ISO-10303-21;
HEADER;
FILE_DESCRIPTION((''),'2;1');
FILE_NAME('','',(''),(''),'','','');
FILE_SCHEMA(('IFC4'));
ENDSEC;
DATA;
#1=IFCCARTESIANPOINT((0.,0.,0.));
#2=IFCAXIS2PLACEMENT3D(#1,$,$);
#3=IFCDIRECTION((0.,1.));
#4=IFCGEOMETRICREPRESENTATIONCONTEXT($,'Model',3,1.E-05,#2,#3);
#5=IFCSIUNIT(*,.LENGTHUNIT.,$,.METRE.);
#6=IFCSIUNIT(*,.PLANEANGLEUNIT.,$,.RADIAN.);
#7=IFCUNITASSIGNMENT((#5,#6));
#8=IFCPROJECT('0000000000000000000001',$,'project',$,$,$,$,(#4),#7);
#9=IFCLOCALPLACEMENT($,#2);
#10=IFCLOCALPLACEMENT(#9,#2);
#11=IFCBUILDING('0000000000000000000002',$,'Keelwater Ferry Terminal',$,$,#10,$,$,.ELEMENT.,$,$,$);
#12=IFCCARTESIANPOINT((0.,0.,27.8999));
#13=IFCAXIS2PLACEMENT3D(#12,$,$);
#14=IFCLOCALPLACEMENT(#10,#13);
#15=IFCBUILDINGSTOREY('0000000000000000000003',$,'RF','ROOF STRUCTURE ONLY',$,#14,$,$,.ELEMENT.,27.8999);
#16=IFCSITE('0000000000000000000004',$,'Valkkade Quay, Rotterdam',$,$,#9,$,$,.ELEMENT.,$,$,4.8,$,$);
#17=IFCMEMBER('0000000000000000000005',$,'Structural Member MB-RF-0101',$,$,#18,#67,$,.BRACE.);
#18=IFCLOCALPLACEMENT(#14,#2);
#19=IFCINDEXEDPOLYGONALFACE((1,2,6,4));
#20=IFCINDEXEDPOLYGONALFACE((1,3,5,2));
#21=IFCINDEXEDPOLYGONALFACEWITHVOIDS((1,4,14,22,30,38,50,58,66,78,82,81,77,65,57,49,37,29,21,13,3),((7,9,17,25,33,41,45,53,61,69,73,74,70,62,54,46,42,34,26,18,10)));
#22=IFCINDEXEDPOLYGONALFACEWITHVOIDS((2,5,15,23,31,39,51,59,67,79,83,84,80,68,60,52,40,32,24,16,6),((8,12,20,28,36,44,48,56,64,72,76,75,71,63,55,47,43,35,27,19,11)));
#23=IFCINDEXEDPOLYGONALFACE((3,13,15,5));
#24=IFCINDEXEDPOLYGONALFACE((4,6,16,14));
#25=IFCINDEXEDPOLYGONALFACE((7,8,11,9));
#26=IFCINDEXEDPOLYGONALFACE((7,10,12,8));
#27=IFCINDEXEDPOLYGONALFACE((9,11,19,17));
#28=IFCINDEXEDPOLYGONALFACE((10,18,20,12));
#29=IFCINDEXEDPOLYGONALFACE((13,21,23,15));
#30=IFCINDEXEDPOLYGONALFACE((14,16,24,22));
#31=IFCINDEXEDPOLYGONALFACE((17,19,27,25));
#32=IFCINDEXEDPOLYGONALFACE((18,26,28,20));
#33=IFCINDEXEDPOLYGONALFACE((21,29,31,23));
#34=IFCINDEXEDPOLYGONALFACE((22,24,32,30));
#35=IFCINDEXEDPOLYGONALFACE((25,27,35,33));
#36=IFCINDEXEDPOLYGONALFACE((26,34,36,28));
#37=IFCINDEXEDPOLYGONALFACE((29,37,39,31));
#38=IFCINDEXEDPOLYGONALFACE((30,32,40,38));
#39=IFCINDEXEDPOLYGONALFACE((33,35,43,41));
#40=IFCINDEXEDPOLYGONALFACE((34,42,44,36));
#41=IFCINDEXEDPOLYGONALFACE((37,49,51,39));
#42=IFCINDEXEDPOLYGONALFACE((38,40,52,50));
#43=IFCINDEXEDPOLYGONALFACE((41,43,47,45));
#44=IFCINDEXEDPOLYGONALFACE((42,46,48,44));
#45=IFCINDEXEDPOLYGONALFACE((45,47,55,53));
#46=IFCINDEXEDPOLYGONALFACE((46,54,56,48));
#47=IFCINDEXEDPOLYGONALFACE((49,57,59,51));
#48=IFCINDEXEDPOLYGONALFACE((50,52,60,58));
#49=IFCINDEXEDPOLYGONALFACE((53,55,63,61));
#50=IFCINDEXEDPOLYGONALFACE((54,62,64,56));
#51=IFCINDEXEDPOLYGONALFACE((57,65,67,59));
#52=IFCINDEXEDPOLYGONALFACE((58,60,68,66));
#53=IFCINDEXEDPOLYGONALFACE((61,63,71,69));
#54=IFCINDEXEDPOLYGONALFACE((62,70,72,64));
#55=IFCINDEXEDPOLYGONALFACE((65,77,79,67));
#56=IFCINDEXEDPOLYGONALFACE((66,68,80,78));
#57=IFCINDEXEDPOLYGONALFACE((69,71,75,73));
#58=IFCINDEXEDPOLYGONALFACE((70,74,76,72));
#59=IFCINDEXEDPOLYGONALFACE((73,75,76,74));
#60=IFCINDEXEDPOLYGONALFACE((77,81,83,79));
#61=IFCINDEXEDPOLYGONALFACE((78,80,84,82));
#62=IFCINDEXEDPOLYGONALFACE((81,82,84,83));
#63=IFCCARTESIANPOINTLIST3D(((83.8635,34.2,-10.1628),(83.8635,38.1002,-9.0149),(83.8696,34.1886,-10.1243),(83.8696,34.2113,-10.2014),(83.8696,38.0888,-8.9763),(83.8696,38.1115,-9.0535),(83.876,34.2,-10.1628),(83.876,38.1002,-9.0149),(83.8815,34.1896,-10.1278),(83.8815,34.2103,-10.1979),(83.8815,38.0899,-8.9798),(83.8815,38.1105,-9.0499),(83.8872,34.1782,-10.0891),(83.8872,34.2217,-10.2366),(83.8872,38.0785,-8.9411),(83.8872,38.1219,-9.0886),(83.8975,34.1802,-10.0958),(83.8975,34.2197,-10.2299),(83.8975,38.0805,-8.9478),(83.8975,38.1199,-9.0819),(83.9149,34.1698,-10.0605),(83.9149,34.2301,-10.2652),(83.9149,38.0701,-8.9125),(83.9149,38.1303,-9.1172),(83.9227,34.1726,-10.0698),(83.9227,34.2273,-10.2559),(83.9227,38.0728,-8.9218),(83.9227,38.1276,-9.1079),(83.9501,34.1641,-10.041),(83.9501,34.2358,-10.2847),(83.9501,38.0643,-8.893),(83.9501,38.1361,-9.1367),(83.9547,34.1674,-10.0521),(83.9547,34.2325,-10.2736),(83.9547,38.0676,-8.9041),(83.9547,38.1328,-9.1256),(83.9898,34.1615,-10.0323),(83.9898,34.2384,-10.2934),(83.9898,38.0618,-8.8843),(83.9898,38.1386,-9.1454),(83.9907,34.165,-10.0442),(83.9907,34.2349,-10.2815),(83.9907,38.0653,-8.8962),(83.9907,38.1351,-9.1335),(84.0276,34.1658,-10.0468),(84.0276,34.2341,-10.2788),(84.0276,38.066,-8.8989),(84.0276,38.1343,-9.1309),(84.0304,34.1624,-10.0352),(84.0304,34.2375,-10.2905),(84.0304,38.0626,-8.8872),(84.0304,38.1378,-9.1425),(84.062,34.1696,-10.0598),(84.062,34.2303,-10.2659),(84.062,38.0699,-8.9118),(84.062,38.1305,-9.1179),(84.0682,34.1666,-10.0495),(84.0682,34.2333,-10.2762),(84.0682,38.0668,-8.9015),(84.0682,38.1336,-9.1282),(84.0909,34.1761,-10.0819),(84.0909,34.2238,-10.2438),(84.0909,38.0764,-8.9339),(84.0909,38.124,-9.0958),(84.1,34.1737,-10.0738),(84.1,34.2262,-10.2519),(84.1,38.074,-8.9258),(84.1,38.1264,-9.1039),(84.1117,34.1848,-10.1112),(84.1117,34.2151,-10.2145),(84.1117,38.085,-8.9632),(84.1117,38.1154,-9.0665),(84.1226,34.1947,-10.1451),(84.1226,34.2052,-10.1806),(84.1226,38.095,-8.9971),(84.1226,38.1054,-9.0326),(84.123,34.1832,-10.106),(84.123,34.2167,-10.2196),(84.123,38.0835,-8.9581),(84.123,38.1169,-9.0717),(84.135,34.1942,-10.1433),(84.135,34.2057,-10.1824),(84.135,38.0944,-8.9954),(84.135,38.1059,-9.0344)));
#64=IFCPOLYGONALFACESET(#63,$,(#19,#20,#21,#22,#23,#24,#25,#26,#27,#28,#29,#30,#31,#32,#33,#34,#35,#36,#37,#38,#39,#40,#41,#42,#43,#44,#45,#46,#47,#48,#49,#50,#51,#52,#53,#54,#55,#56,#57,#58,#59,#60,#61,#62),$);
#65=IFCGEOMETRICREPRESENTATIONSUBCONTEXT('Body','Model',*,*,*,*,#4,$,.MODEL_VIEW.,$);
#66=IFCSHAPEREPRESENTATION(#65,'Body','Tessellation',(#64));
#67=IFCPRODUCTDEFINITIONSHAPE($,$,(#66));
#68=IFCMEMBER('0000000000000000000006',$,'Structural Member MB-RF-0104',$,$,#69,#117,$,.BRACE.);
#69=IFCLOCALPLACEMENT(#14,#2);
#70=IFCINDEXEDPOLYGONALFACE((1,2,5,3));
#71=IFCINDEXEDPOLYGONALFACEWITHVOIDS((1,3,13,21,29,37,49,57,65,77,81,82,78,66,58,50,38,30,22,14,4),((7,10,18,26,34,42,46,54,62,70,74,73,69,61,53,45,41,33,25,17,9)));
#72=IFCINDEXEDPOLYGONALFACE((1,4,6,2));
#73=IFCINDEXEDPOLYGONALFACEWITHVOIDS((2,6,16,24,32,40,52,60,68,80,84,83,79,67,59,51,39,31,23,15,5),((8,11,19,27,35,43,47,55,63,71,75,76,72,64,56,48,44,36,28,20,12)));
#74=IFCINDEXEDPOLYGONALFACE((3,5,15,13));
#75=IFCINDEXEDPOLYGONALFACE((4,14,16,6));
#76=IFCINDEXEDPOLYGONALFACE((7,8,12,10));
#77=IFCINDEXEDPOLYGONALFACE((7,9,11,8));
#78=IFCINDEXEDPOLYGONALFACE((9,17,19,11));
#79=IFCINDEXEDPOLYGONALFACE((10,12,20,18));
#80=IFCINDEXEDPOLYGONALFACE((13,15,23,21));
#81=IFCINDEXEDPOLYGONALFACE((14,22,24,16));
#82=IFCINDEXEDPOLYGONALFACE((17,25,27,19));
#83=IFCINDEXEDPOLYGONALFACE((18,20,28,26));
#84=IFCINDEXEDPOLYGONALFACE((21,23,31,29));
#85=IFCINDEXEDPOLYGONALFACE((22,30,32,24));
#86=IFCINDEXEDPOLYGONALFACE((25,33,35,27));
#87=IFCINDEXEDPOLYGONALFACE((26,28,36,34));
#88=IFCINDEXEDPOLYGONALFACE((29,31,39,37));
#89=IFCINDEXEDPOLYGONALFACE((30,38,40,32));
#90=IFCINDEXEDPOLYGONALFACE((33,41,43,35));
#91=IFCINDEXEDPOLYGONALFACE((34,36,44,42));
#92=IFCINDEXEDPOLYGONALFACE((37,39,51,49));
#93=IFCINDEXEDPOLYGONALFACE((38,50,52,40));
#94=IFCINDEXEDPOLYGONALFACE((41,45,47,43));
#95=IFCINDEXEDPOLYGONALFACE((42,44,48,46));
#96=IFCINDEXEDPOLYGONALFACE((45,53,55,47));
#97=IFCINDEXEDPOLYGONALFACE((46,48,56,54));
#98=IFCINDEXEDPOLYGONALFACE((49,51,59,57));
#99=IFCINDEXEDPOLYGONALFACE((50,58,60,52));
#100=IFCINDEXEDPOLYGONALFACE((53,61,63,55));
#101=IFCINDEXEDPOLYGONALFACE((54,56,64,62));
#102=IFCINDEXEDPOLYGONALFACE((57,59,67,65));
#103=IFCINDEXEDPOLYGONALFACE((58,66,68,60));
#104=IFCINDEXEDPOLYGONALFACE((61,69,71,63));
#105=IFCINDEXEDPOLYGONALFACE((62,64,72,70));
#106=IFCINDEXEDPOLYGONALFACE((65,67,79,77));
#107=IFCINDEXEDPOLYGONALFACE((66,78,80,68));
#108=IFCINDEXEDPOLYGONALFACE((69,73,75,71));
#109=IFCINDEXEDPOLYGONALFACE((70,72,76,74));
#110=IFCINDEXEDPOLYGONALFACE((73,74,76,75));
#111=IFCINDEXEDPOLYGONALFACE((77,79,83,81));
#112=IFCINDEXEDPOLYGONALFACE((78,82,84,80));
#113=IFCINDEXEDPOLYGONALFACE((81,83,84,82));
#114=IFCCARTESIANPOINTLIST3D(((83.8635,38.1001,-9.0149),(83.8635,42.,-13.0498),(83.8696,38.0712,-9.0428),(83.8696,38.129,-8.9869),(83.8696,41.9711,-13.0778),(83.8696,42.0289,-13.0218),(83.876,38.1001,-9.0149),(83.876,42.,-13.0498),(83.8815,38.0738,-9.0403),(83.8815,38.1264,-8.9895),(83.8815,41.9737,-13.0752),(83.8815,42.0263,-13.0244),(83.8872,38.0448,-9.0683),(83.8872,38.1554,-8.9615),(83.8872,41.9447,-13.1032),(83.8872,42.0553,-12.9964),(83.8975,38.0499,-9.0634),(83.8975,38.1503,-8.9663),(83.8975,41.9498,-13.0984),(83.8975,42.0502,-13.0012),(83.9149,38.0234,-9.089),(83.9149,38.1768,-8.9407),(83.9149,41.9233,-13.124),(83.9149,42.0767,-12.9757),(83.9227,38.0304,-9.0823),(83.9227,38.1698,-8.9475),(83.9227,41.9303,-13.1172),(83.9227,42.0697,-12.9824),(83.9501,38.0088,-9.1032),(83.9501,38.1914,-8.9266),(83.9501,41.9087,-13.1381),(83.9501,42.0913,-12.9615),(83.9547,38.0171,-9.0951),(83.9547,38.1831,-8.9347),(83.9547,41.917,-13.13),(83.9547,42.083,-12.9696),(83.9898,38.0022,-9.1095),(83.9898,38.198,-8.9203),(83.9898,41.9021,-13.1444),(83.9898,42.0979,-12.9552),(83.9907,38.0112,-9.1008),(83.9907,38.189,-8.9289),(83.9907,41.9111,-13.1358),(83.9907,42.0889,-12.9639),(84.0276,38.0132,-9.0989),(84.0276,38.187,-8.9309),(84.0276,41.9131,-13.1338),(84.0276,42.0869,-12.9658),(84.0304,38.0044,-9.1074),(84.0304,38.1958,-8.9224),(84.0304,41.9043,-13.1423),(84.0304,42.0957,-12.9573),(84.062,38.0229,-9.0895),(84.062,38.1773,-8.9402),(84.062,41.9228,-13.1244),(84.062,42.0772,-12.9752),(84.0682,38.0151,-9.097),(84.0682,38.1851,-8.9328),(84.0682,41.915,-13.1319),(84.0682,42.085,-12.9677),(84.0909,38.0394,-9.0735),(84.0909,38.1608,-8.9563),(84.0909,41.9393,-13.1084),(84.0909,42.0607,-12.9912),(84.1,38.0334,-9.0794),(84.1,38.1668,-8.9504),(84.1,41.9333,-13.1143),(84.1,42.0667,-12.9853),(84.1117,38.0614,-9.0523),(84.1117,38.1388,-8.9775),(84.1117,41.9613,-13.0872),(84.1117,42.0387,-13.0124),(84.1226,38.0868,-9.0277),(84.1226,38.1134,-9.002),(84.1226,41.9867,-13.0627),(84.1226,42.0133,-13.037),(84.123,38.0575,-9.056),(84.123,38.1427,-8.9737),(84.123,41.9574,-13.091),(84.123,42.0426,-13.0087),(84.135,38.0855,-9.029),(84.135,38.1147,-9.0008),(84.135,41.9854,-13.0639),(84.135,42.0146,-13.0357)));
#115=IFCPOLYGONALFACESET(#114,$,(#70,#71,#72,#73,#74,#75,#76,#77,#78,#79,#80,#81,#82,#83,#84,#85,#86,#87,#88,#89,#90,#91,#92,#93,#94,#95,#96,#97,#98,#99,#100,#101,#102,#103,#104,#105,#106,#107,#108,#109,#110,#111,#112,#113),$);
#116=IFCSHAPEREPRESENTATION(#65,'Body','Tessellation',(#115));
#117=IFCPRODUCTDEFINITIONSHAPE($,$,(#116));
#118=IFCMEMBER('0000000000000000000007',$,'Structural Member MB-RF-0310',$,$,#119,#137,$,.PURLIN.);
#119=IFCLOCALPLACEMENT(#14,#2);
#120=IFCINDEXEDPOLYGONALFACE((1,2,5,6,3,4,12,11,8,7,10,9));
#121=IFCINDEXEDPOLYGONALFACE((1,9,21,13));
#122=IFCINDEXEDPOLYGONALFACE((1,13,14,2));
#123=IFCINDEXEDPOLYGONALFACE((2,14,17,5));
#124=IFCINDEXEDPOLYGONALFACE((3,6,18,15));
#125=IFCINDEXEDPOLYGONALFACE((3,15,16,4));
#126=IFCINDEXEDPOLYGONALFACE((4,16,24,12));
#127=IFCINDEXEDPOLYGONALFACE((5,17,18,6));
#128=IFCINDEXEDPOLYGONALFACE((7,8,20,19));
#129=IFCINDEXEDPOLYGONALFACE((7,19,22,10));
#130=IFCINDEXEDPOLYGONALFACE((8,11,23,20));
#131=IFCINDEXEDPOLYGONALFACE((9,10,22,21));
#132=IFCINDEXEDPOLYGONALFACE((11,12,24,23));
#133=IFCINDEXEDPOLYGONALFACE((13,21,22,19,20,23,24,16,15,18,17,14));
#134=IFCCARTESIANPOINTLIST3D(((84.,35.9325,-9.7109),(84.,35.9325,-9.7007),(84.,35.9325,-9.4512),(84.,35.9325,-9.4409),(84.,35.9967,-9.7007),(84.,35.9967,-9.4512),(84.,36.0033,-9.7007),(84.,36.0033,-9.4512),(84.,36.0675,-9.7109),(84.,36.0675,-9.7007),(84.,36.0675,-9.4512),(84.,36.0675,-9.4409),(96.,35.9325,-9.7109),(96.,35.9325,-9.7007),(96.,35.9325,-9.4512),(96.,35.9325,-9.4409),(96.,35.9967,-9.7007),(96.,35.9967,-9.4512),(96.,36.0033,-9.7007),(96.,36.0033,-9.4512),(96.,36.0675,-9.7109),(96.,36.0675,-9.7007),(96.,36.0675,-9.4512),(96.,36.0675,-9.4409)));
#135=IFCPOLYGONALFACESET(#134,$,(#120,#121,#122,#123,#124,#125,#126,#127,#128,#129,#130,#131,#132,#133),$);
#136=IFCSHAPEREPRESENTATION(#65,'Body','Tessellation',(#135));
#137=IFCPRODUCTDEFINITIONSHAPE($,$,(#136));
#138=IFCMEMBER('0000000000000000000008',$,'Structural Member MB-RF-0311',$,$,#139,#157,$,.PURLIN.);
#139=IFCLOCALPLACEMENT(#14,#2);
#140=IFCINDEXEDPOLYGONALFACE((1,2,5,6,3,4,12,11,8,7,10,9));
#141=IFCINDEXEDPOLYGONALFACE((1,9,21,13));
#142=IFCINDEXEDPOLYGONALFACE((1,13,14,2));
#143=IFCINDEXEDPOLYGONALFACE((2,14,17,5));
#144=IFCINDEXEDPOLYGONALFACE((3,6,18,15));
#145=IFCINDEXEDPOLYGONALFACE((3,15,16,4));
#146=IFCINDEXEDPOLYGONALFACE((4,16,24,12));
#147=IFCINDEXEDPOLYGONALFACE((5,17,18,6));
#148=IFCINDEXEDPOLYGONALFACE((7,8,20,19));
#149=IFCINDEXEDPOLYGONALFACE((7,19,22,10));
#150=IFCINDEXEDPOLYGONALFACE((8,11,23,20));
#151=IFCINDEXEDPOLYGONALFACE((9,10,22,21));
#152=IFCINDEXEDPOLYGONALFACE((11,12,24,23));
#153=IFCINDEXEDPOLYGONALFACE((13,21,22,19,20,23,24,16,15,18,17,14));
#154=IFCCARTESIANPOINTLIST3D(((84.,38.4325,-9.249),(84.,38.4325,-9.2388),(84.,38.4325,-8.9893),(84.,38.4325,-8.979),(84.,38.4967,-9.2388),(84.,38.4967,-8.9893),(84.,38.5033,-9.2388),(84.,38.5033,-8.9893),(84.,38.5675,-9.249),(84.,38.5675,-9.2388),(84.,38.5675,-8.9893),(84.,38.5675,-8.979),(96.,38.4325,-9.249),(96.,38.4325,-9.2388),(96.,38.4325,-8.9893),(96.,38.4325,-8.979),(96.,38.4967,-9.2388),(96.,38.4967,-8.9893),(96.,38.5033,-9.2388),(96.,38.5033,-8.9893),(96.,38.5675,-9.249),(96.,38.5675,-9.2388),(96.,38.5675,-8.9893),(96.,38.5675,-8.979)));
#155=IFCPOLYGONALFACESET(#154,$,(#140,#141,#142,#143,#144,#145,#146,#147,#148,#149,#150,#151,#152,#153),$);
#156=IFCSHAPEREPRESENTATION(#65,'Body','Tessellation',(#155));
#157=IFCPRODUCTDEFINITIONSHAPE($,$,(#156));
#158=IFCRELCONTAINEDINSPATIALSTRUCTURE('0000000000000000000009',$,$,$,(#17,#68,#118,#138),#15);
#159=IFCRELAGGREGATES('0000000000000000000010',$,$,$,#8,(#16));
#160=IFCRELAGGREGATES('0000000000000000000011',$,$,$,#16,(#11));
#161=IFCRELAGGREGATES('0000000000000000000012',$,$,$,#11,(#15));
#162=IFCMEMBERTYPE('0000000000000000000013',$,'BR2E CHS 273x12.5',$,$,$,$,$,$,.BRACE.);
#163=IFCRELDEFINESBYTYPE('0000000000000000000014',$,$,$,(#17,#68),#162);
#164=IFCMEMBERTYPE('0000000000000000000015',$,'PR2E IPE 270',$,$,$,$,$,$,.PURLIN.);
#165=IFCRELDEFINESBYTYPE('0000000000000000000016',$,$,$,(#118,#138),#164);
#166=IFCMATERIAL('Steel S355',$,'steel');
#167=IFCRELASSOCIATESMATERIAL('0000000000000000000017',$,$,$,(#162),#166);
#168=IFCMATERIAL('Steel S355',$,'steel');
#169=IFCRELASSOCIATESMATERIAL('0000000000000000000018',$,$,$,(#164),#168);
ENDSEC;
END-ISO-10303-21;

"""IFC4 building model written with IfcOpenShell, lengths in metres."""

from ifc_helpers import new_model, si_unit, direction, frame, origin, origin_2d, place, context, subcontext, project, spatial, hollow_circle, i_section, extrude, material, material_profile, profile_set, type_object, element, save


model = new_model("IFC4")

# Units and contexts
model_context = context("Model", 3, precision=1e-05, world=origin(), true_north=direction((0.0, 1.0)))
body_context = subcontext(model_context, "Body", "Model", "MODEL_VIEW")
ifc_project = project(units=[si_unit("LENGTHUNIT", "METRE"), si_unit("PLANEANGLEUNIT", "RADIAN")], contexts=[model_context])

# Site, building, storey
site_placement = place(None, origin())
site = spatial("IfcSite", under=ifc_project, at=site_placement, Name="Valkkade Quay, Rotterdam", CompositionType="ELEMENT", RefElevation=4.8)
building_placement = place(site_placement, origin())
building = spatial("IfcBuilding", under=site, at=building_placement, Name="Keelwater Ferry Terminal", CompositionType="ELEMENT")
storey_placement = place(building_placement, frame((0.0, 0.0, 27.8999)))
storey = spatial("IfcBuildingStorey", under=building, at=storey_placement, Name="RF", Description="ROOF STRUCTURE ONLY", CompositionType="ELEMENT", Elevation=27.8999)

# Members
ifc_material_1 = material(Name="Steel S355", Category="steel")
ifc_material_profile_1 = material_profile(ifc_material_1, hollow_circle(Radius=0.1365, WallThickness=0.0125, at=origin_2d()), Name="CHS 273x12.5")
ifc_profile_set_1 = profile_set([ifc_material_profile_1], Name="Steel S355")
member_type_1 = type_object("IfcMemberType", Name="BR2E CHS 273x12.5", PredefinedType="BRACE", material=ifc_profile_set_1)
member_1_placement = place(storey_placement, frame((84.0, 34.2, -10.1628), z_axis=(0.0, 0.959309, 0.282358), x_axis=(-1.0, 0.0, 0.0)))
element("IfcMember", 1, at=member_1_placement, inside=storey, type_object=member_type_1, Name="Structural Member MB-RF-0101", PredefinedType="BRACE", context=body_context, shape_type="SweptSolid", body=[
    extrude(hollow_circle(Radius=0.1365, WallThickness=0.0125, at=origin_2d()), origin(), (0.0, 0.0, 1.0), 4.0657),
])
member_2_placement = place(storey_placement, frame((84.0, 38.1001, -9.0149), z_axis=(0.0, 0.694975, -0.719034), x_axis=(-1.0, 0.0, 0.0)))
element("IfcMember", 2, at=member_2_placement, inside=storey, type_object=member_type_1, Name="Structural Member MB-RF-0104", PredefinedType="BRACE", context=body_context, shape_type="SweptSolid", body=[
    extrude(hollow_circle(Radius=0.1365, WallThickness=0.0125, at=origin_2d()), origin(), (0.0, 0.0, 1.0), 5.6116),
])
ifc_material_2 = material(Name="Steel S355", Category="steel")
ifc_material_profile_2 = material_profile(ifc_material_2, i_section(OverallWidth=0.135, OverallDepth=0.27, WebThickness=0.0066, FlangeThickness=0.0103, at=origin_2d()), Name="IPE 270")
ifc_profile_set_2 = profile_set([ifc_material_profile_2], Name="Steel S355")
member_type_2 = type_object("IfcMemberType", Name="PR2E IPE 270", PredefinedType="PURLIN", material=ifc_profile_set_2)
for number, where, z_axis, x_axis, name in (
    (3, (84.0, 36.0, -9.5759), (1.0, 0.0, 0.0), (0.0, 1.0, 0.0), "Structural Member MB-RF-0310"),
    (4, (84.0, 38.5, -9.114), (1.0, 0.0, 0.0), (0.0, 1.0, 0.0), "Structural Member MB-RF-0311"),
):
    element("IfcMember", number, at=place(storey_placement, frame(where, z_axis=z_axis, x_axis=x_axis)), inside=storey, type_object=member_type_2, Name=name, PredefinedType="PURLIN", context=body_context, shape_type="SweptSolid", body=[
        extrude(i_section(OverallWidth=0.135, OverallDepth=0.27, WebThickness=0.0066, FlangeThickness=0.0103, at=origin_2d()), origin(), (0.0, 0.0, 1.0), 12.0),
    ])

save(model, "model.ifc")
